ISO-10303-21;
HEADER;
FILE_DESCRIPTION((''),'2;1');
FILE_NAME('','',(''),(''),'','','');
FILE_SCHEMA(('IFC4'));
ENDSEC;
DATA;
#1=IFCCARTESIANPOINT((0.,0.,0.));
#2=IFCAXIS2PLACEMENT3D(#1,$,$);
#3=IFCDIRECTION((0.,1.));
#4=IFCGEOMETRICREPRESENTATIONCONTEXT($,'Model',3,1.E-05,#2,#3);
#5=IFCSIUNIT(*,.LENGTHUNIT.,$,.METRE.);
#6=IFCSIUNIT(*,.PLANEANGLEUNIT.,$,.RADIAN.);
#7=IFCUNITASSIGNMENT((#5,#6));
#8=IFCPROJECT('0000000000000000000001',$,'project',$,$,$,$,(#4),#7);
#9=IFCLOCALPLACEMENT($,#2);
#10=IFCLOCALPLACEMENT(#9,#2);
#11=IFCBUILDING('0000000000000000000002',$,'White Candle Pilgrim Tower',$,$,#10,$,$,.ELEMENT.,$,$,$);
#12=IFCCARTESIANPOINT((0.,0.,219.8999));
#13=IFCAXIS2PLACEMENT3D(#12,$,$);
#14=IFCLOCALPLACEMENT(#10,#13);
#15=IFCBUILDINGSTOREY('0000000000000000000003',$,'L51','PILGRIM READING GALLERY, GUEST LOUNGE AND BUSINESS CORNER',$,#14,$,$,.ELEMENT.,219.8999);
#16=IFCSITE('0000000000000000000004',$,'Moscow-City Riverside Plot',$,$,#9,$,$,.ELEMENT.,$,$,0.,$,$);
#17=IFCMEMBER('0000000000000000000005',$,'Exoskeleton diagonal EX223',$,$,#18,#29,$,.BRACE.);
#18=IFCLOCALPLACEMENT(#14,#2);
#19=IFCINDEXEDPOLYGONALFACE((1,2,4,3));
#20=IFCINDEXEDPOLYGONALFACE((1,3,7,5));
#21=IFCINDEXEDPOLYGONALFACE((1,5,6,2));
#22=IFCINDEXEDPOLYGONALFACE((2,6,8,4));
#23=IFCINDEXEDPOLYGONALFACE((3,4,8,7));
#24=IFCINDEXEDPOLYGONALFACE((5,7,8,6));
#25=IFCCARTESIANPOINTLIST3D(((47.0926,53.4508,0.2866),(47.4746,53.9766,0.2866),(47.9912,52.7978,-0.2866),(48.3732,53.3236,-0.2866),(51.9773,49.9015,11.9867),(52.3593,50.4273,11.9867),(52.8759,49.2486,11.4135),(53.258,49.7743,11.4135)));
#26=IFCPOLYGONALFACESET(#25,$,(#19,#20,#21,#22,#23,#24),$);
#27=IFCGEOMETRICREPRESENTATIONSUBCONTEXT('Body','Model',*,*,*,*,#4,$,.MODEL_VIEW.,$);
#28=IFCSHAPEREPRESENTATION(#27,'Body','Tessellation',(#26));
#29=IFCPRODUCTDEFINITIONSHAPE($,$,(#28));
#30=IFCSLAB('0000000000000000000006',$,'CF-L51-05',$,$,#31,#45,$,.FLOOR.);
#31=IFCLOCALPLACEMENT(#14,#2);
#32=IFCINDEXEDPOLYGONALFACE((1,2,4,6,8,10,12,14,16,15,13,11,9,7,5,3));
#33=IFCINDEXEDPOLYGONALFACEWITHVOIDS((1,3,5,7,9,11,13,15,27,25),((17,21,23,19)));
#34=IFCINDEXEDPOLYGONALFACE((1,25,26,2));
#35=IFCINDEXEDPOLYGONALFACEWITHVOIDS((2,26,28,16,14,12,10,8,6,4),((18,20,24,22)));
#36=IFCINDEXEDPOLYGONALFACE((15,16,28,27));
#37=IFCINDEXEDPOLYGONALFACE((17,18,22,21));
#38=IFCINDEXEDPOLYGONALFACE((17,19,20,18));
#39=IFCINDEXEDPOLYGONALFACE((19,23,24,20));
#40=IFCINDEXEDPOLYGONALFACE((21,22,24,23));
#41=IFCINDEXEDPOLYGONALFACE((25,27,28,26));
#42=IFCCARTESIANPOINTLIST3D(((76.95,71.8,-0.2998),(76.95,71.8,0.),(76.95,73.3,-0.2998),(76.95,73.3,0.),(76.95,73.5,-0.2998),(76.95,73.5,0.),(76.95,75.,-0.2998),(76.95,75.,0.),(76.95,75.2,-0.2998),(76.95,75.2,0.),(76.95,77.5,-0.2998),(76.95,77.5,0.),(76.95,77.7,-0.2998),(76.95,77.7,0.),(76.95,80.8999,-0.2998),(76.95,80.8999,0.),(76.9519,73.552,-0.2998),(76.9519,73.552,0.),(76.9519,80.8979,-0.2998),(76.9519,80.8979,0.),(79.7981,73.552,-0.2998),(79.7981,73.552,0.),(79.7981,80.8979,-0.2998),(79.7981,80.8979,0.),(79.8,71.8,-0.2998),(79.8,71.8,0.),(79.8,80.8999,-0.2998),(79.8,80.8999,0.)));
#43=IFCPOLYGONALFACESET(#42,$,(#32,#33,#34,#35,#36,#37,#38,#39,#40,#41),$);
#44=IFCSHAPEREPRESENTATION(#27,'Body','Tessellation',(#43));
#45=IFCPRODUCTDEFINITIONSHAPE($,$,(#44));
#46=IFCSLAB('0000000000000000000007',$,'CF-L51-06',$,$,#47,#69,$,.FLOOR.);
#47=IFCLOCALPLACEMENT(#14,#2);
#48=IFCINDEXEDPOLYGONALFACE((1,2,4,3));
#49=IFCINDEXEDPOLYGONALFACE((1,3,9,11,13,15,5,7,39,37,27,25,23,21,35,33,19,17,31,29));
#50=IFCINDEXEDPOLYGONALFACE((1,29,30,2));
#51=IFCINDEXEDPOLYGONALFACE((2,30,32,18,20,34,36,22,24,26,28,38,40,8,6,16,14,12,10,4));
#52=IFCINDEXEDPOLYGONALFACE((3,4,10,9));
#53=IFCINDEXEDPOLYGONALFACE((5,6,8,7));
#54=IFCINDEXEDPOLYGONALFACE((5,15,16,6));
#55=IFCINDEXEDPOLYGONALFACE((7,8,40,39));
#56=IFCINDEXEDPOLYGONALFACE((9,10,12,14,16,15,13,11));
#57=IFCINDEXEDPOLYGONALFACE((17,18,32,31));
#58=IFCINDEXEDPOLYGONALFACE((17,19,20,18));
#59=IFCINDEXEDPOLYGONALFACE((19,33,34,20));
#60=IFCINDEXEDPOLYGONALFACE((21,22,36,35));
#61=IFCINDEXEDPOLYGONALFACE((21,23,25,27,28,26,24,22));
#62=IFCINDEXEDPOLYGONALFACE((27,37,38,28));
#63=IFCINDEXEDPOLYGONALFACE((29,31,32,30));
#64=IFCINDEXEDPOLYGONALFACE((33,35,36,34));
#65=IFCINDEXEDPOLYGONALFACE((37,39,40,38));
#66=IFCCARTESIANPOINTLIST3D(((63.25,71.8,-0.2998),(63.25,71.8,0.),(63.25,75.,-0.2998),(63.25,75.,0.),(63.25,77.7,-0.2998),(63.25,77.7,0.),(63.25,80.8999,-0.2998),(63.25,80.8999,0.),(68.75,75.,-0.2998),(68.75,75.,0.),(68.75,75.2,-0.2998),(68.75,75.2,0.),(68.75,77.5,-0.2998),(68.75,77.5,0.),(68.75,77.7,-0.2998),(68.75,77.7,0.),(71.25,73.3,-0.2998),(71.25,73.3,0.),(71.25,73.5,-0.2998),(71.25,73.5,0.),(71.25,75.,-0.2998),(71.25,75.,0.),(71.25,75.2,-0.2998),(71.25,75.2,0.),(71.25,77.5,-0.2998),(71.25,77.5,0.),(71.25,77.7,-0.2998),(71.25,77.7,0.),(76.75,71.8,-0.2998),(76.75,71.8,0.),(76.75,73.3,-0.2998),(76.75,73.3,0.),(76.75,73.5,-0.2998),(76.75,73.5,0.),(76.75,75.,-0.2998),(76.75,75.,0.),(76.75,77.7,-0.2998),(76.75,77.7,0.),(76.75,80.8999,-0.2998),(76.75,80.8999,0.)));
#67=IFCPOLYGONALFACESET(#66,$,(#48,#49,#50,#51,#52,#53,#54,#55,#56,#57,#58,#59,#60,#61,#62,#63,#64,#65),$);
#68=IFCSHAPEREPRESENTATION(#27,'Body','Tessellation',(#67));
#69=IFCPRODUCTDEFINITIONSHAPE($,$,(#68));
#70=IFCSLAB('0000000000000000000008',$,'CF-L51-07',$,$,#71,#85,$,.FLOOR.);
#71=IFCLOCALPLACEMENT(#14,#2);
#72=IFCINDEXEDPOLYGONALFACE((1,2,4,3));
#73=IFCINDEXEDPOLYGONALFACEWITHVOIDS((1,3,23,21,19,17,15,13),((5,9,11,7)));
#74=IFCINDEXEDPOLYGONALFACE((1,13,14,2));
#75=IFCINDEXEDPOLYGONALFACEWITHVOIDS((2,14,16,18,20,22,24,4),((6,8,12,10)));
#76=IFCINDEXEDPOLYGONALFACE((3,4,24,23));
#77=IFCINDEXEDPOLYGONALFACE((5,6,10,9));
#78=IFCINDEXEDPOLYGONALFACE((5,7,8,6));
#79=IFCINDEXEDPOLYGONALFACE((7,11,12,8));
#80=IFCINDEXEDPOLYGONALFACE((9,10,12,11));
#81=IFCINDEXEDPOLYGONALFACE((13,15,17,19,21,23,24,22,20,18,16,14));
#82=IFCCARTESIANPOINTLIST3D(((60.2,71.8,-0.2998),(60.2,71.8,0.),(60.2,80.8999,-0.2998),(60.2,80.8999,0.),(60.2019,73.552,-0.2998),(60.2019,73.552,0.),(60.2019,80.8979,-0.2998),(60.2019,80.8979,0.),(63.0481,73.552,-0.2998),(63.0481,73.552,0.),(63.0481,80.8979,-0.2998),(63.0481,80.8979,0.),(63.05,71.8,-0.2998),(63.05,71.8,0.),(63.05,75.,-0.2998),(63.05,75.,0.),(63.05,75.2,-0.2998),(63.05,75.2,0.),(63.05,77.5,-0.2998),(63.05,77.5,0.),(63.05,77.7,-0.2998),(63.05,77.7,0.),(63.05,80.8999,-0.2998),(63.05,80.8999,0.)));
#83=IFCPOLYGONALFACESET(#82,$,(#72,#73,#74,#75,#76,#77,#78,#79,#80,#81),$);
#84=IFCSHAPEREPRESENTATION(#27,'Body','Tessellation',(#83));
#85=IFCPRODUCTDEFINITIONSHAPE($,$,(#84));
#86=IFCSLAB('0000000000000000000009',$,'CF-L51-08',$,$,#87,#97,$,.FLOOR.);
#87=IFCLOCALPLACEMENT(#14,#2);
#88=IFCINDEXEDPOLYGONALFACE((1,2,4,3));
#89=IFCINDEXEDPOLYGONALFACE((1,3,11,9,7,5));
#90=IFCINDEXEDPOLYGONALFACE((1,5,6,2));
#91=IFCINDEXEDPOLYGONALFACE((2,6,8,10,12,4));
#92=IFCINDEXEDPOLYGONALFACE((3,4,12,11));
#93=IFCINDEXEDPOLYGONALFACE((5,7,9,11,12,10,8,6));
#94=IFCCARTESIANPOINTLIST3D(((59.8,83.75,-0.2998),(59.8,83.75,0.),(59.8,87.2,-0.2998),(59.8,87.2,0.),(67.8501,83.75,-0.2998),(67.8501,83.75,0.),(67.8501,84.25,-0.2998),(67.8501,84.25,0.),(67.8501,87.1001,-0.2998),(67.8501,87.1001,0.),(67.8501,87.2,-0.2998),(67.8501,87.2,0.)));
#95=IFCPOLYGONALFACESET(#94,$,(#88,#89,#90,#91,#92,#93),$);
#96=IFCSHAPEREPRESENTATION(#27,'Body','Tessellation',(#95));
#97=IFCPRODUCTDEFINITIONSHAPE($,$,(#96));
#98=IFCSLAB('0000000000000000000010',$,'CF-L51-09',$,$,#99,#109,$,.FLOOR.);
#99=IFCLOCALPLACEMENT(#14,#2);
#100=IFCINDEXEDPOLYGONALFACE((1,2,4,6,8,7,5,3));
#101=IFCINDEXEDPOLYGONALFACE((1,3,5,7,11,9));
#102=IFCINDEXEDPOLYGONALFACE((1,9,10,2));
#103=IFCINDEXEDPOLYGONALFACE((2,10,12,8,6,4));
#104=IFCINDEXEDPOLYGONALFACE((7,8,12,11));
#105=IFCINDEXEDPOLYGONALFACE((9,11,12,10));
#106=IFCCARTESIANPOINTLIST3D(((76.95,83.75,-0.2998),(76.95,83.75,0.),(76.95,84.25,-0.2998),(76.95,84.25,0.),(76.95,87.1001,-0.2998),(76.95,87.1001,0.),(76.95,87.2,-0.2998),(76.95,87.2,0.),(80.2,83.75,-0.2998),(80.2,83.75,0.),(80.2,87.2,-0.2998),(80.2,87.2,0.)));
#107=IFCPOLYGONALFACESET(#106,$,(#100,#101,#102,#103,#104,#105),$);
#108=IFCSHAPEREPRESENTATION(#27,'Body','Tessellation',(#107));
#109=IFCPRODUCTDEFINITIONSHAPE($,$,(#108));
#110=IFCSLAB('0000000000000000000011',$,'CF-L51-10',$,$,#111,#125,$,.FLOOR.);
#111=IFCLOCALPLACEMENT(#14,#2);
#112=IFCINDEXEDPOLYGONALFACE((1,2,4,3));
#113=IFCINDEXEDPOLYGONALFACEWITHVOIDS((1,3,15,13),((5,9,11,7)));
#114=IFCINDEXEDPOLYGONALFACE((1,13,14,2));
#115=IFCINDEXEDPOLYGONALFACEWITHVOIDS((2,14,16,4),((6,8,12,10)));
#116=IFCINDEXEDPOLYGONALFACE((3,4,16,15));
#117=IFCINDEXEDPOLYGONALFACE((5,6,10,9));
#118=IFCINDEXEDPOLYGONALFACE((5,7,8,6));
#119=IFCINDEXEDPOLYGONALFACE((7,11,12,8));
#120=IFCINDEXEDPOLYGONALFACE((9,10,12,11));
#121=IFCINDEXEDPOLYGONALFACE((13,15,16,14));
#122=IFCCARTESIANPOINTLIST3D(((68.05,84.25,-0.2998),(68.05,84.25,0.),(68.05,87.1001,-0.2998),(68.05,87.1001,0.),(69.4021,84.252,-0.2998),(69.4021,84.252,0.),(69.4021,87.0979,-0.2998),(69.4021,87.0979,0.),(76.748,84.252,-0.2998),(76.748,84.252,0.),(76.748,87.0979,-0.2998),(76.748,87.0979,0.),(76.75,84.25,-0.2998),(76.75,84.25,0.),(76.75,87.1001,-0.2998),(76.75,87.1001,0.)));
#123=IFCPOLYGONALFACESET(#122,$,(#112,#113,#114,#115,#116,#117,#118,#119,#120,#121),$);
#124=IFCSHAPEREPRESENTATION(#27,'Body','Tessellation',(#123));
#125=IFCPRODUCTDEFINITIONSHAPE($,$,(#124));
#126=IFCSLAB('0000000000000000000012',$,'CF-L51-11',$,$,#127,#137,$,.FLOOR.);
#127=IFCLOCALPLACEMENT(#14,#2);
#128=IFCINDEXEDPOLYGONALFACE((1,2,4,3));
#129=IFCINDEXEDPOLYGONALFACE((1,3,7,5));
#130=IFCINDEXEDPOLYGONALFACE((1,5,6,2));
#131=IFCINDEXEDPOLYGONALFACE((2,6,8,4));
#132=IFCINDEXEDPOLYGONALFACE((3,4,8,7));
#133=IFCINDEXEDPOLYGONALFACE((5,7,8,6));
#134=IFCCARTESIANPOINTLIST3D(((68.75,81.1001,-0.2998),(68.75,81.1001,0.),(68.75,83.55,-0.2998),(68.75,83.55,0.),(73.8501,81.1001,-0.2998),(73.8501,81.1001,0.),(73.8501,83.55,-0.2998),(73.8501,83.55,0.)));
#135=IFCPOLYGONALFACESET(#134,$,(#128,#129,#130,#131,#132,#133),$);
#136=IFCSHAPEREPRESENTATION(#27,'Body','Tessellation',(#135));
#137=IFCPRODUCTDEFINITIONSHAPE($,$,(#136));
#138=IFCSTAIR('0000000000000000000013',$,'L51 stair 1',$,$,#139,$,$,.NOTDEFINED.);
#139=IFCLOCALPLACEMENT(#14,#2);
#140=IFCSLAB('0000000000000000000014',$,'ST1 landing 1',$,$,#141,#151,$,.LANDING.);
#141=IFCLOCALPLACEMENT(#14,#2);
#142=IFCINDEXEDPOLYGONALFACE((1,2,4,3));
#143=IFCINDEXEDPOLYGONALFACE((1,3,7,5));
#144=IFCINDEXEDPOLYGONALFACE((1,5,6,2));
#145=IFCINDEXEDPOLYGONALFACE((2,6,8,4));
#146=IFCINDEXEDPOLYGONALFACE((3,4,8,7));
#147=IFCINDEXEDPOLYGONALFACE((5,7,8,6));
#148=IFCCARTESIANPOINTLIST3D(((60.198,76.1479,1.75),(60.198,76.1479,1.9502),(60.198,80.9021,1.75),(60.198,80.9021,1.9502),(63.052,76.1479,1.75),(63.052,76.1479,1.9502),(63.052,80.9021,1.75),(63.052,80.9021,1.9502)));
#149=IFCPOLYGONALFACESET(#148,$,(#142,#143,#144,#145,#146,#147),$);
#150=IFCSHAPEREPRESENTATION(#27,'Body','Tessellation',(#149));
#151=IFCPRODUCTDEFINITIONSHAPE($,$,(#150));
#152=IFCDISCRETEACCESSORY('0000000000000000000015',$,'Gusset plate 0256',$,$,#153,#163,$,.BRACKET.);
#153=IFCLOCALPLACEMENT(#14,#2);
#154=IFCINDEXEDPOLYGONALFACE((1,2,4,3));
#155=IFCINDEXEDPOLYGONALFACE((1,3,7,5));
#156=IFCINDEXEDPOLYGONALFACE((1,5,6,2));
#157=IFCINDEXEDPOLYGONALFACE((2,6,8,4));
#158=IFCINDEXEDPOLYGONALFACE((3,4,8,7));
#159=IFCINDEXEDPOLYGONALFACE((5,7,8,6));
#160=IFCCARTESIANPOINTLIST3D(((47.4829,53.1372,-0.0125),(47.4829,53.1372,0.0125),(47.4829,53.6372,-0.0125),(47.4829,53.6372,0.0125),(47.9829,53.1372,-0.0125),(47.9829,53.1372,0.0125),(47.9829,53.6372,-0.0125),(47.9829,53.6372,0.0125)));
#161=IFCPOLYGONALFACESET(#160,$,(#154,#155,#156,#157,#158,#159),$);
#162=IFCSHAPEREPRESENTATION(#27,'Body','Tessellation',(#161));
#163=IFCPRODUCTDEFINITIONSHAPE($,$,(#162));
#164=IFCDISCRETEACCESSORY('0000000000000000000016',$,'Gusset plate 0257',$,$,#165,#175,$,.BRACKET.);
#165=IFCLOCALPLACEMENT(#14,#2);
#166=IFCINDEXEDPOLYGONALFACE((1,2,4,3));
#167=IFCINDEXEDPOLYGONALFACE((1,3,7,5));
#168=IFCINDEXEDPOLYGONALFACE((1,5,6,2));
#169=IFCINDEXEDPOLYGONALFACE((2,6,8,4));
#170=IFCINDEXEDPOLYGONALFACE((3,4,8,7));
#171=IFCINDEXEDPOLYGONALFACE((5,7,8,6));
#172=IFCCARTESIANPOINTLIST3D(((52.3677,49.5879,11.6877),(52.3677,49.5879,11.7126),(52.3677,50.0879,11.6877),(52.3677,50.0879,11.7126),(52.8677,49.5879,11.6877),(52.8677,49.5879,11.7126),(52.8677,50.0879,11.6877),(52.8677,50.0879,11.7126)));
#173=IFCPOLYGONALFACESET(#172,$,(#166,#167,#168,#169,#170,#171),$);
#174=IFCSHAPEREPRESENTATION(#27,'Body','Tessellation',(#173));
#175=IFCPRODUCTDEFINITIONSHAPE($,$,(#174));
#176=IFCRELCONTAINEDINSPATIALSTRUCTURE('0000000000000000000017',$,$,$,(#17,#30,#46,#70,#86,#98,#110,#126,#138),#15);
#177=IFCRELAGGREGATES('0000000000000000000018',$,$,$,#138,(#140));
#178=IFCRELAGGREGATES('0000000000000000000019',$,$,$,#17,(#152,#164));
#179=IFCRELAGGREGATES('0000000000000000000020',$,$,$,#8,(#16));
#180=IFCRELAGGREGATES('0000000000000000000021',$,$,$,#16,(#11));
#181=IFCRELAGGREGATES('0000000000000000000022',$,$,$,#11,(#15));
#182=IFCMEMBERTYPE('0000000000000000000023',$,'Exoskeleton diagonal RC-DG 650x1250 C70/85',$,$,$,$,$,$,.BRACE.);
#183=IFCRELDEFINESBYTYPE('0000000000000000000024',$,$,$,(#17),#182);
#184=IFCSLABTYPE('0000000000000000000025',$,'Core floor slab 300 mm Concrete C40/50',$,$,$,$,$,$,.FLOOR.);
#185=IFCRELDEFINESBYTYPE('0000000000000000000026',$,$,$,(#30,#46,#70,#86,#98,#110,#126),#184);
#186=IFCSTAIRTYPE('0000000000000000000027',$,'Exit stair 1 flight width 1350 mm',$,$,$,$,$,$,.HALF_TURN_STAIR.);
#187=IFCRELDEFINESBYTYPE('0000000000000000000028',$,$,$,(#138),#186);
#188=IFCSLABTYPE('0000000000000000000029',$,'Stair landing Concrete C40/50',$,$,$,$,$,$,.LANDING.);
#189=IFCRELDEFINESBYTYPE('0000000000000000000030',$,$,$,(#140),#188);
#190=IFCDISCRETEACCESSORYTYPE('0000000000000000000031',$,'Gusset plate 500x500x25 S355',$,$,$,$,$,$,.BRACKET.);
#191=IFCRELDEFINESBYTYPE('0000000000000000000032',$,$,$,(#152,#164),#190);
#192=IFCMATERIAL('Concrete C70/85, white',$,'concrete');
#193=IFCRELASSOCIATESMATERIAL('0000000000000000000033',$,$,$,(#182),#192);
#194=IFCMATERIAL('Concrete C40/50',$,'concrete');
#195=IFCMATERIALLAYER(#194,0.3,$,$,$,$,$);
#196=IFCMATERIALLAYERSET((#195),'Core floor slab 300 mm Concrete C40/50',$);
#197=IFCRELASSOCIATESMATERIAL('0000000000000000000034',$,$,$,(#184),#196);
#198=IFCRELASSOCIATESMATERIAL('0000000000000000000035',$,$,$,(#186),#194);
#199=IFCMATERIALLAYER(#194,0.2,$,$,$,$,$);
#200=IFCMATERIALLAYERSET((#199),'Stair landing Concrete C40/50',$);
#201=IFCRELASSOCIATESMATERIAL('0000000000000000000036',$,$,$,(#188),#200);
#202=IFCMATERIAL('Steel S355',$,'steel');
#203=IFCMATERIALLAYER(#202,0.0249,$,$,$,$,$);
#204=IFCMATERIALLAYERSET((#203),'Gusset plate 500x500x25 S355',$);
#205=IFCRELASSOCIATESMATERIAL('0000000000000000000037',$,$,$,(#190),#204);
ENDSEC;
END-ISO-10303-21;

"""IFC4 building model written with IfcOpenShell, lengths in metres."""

from ifc_helpers import new_model, si_unit, direction, frame, origin, origin_2d, place, context, subcontext, project, spatial, polyline, rectangle, outline, extrude, material, layer, layer_set, material_profile, profile_set, type_object, element, aggregate, save


model = new_model("IFC4")

# Units and contexts
model_context = context("Model", 3, precision=1e-05, world=origin(), true_north=direction((0.0, 1.0)))
body_context = subcontext(model_context, "Body", "Model", "MODEL_VIEW")
ifc_project = project(units=[si_unit("LENGTHUNIT", "METRE"), si_unit("PLANEANGLEUNIT", "RADIAN")], contexts=[model_context])

# Site, building, storey
site_placement = place(None, origin())
site = spatial("IfcSite", under=ifc_project, at=site_placement, Name="Moscow-City Riverside Plot", CompositionType="ELEMENT", RefElevation=0.0)
building_placement = place(site_placement, origin())
building = spatial("IfcBuilding", under=site, at=building_placement, Name="White Candle Pilgrim Tower", CompositionType="ELEMENT")
storey_placement = place(building_placement, frame((0.0, 0.0, 219.8999)))
storey = spatial("IfcBuildingStorey", under=building, at=storey_placement, Name="L51", Description="PILGRIM READING GALLERY, GUEST LOUNGE AND BUSINESS CORNER", CompositionType="ELEMENT", Elevation=219.8999)

# Member
ifc_material_1 = material(Name="Concrete C70/85, white", Category="concrete")
ifc_material_profile = material_profile(ifc_material_1, rectangle(XDim=0.6499, YDim=1.25, at=origin_2d()), Name="RC-DG 650x1250")
ifc_profile_set = profile_set([ifc_material_profile], Name="Concrete C70/85, white")
member_type = type_object("IfcMemberType", Name="Exoskeleton diagonal RC-DG 650x1250 C70/85", PredefinedType="BRACE", material=ifc_profile_set)
member_placement = place(storey_placement, frame((47.7329, 53.3872, 0.0), z_axis=(0.371003, -0.269575, 0.888643), x_axis=(0.587821, 0.808991, 0.0)))
member = element("IfcMember", 1, at=member_placement, inside=storey, type_object=member_type, Name="Exoskeleton diagonal EX223", PredefinedType="BRACE", context=body_context, shape_type="SweptSolid", body=[
    extrude(rectangle(XDim=0.6499, YDim=1.25, at=origin_2d()), origin(), (0.0, 0.0, 1.0), 13.1663),
])

# Slabs
ifc_material_2 = material(Name="Concrete C40/50", Category="concrete")
ifc_layer_1 = layer(ifc_material_2, 0.3)
ifc_layer_set_1 = layer_set([ifc_layer_1], Name="Core floor slab 300 mm Concrete C40/50")
slab_type_1 = type_object("IfcSlabType", Name="Core floor slab 300 mm Concrete C40/50", PredefinedType="FLOOR", material=ifc_layer_set_1)
slab_1_placement = place(storey_placement, frame((0.0, 0.0, -0.2998)))
element("IfcSlab", 2, at=slab_1_placement, inside=storey, type_object=slab_type_1, Name="CF-L51-05", PredefinedType="FLOOR", context=body_context, shape_type="SweptSolid", body=[
    extrude(outline(polyline([(76.95, 71.8), (76.95, 73.3), (76.95, 73.5), (76.95, 75.0), (76.95, 75.2), (76.95, 77.5), (76.95, 77.7), (76.95, 80.8999), (79.8, 80.8999), (79.8, 71.8), (76.95, 71.8)]), holes=[polyline([(76.9519, 73.552), (79.7981, 73.552), (79.7981, 80.8979), (76.9519, 80.8979), (76.9519, 73.552)])]), origin(), (0.0, 0.0, 1.0), 0.2998),
])
slab_2_placement = place(storey_placement, frame((0.0, 0.0, -0.2998)))
element("IfcSlab", 3, at=slab_2_placement, inside=storey, type_object=slab_type_1, Name="CF-L51-06", PredefinedType="FLOOR", context=body_context, shape_type="SweptSolid", body=[
    extrude(outline(polyline([(63.25, 71.8), (63.25, 75.0), (68.75, 75.0), (68.75, 75.2), (68.75, 77.5), (68.75, 77.7), (63.25, 77.7), (63.25, 80.8999), (76.75, 80.8999), (76.75, 77.7), (71.25, 77.7), (71.25, 77.5), (71.25, 75.2), (71.25, 75.0), (76.75, 75.0), (76.75, 73.5), (71.25, 73.5), (71.25, 73.3), (76.75, 73.3), (76.75, 71.8), (63.25, 71.8)])), origin(), (0.0, 0.0, 1.0), 0.2998),
])
slab_3_placement = place(storey_placement, frame((0.0, 0.0, -0.2998)))
element("IfcSlab", 4, at=slab_3_placement, inside=storey, type_object=slab_type_1, Name="CF-L51-07", PredefinedType="FLOOR", context=body_context, shape_type="SweptSolid", body=[
    extrude(outline(polyline([(60.2, 71.8), (60.2, 80.8999), (63.05, 80.8999), (63.05, 77.7), (63.05, 77.5), (63.05, 75.2), (63.05, 75.0), (63.05, 71.8), (60.2, 71.8)]), holes=[polyline([(60.2019, 73.552), (63.0481, 73.552), (63.0481, 80.8979), (60.2019, 80.8979), (60.2019, 73.552)])]), origin(), (0.0, 0.0, 1.0), 0.2998),
])
slab_4_placement = place(storey_placement, frame((0.0, 0.0, -0.2998)))
element("IfcSlab", 5, at=slab_4_placement, inside=storey, type_object=slab_type_1, Name="CF-L51-08", PredefinedType="FLOOR", context=body_context, shape_type="SweptSolid", body=[
    extrude(outline(polyline([(59.8, 87.2), (67.8501, 87.2), (67.8501, 87.1001), (67.8501, 84.25), (67.8501, 83.75), (59.8, 83.75), (59.8, 87.2)])), origin(), (0.0, 0.0, 1.0), 0.2998),
])
slab_5_placement = place(storey_placement, frame((0.0, 0.0, -0.2998)))
element("IfcSlab", 6, at=slab_5_placement, inside=storey, type_object=slab_type_1, Name="CF-L51-09", PredefinedType="FLOOR", context=body_context, shape_type="SweptSolid", body=[
    extrude(outline(polyline([(80.2, 87.2), (80.2, 83.75), (76.95, 83.75), (76.95, 84.25), (76.95, 87.1001), (76.95, 87.2), (80.2, 87.2)])), origin(), (0.0, 0.0, 1.0), 0.2998),
])
slab_6_placement = place(storey_placement, frame((0.0, 0.0, -0.2998)))
element("IfcSlab", 7, at=slab_6_placement, inside=storey, type_object=slab_type_1, Name="CF-L51-10", PredefinedType="FLOOR", context=body_context, shape_type="SweptSolid", body=[
    extrude(outline(polyline([(68.05, 87.1001), (76.75, 87.1001), (76.75, 84.25), (68.05, 84.25), (68.05, 87.1001)]), holes=[polyline([(69.4021, 87.0979), (69.4021, 84.252), (76.748, 84.252), (76.748, 87.0979), (69.4021, 87.0979)])]), origin(), (0.0, 0.0, 1.0), 0.2998),
])
slab_7_placement = place(storey_placement, frame((0.0, 0.0, -0.2998)))
element("IfcSlab", 8, at=slab_7_placement, inside=storey, type_object=slab_type_1, Name="CF-L51-11", PredefinedType="FLOOR", context=body_context, shape_type="SweptSolid", body=[
    extrude(outline(polyline([(68.75, 83.55), (73.8501, 83.55), (73.8501, 81.1001), (68.75, 81.1001), (68.75, 83.55)])), origin(), (0.0, 0.0, 1.0), 0.2998),
])

# Stair, slab
stair_type_1 = type_object("IfcStairType", Name="Exit stair 1 flight width 1350 mm", PredefinedType="HALF_TURN_STAIR", material=ifc_material_2)
stair_1_placement = place(storey_placement, origin())
stair_1 = element("IfcStair", 9, at=stair_1_placement, inside=storey, type_object=stair_type_1, Name="L51 stair 1", PredefinedType="NOTDEFINED")
ifc_layer_2 = layer(ifc_material_2, 0.2)
ifc_layer_set_2 = layer_set([ifc_layer_2], Name="Stair landing Concrete C40/50")
slab_type_2 = type_object("IfcSlabType", Name="Stair landing Concrete C40/50", PredefinedType="LANDING", material=ifc_layer_set_2)
slab_8_placement = place(storey_placement, frame((0.0, 0.0, 1.75)))
slab_8 = element("IfcSlab", 10, at=slab_8_placement, type_object=slab_type_2, Name="ST1 landing 1", PredefinedType="LANDING", context=body_context, shape_type="SweptSolid", body=[
    extrude(outline(polyline([(63.052, 76.1479), (60.198, 76.1479), (60.198, 80.9021), (63.052, 80.9021), (63.052, 76.1479)])), origin(), (0.0, 0.0, 1.0), 0.2002),
])
aggregate(stair_1, [slab_8])

# Discrete accessories
ifc_material_3 = material(Name="Steel S355", Category="steel")
ifc_layer_3 = layer(ifc_material_3, 0.0249)
ifc_layer_set_3 = layer_set([ifc_layer_3], Name="Gusset plate 500x500x25 S355")
discrete_accessory_type = type_object("IfcDiscreteAccessoryType", Name="Gusset plate 500x500x25 S355", PredefinedType="BRACKET", material=ifc_layer_set_3)
discrete_accessory_1_placement = place(storey_placement, frame((47.7329, 53.3872, -0.0125), z_axis=(0.0, 0.0, 1.0), x_axis=(1.0, 0.0, 0.0)))
discrete_accessory_1 = element("IfcDiscreteAccessory", 11, at=discrete_accessory_1_placement, type_object=discrete_accessory_type, Name="Gusset plate 0256", PredefinedType="BRACKET", context=body_context, shape_type="SweptSolid", body=[
    extrude(rectangle(XDim=0.5, YDim=0.5, at=origin_2d()), origin(), (0.0, 0.0, 1.0), 0.0249),
])
placement = place(building_placement, frame((0.0, 0.0, 231.6001)))
discrete_accessory_2_placement = place(placement, frame((52.6177, 49.8379, -0.0125), z_axis=(0.0, 0.0, 1.0), x_axis=(1.0, 0.0, 0.0)))
discrete_accessory_2 = element("IfcDiscreteAccessory", 12, at=discrete_accessory_2_placement, type_object=discrete_accessory_type, Name="Gusset plate 0257", PredefinedType="BRACKET", context=body_context, shape_type="SweptSolid", body=[
    extrude(rectangle(XDim=0.5, YDim=0.5, at=origin_2d()), origin(), (0.0, 0.0, 1.0), 0.0249),
])
aggregate(member, [discrete_accessory_1, discrete_accessory_2])

save(model, "model.ifc")
